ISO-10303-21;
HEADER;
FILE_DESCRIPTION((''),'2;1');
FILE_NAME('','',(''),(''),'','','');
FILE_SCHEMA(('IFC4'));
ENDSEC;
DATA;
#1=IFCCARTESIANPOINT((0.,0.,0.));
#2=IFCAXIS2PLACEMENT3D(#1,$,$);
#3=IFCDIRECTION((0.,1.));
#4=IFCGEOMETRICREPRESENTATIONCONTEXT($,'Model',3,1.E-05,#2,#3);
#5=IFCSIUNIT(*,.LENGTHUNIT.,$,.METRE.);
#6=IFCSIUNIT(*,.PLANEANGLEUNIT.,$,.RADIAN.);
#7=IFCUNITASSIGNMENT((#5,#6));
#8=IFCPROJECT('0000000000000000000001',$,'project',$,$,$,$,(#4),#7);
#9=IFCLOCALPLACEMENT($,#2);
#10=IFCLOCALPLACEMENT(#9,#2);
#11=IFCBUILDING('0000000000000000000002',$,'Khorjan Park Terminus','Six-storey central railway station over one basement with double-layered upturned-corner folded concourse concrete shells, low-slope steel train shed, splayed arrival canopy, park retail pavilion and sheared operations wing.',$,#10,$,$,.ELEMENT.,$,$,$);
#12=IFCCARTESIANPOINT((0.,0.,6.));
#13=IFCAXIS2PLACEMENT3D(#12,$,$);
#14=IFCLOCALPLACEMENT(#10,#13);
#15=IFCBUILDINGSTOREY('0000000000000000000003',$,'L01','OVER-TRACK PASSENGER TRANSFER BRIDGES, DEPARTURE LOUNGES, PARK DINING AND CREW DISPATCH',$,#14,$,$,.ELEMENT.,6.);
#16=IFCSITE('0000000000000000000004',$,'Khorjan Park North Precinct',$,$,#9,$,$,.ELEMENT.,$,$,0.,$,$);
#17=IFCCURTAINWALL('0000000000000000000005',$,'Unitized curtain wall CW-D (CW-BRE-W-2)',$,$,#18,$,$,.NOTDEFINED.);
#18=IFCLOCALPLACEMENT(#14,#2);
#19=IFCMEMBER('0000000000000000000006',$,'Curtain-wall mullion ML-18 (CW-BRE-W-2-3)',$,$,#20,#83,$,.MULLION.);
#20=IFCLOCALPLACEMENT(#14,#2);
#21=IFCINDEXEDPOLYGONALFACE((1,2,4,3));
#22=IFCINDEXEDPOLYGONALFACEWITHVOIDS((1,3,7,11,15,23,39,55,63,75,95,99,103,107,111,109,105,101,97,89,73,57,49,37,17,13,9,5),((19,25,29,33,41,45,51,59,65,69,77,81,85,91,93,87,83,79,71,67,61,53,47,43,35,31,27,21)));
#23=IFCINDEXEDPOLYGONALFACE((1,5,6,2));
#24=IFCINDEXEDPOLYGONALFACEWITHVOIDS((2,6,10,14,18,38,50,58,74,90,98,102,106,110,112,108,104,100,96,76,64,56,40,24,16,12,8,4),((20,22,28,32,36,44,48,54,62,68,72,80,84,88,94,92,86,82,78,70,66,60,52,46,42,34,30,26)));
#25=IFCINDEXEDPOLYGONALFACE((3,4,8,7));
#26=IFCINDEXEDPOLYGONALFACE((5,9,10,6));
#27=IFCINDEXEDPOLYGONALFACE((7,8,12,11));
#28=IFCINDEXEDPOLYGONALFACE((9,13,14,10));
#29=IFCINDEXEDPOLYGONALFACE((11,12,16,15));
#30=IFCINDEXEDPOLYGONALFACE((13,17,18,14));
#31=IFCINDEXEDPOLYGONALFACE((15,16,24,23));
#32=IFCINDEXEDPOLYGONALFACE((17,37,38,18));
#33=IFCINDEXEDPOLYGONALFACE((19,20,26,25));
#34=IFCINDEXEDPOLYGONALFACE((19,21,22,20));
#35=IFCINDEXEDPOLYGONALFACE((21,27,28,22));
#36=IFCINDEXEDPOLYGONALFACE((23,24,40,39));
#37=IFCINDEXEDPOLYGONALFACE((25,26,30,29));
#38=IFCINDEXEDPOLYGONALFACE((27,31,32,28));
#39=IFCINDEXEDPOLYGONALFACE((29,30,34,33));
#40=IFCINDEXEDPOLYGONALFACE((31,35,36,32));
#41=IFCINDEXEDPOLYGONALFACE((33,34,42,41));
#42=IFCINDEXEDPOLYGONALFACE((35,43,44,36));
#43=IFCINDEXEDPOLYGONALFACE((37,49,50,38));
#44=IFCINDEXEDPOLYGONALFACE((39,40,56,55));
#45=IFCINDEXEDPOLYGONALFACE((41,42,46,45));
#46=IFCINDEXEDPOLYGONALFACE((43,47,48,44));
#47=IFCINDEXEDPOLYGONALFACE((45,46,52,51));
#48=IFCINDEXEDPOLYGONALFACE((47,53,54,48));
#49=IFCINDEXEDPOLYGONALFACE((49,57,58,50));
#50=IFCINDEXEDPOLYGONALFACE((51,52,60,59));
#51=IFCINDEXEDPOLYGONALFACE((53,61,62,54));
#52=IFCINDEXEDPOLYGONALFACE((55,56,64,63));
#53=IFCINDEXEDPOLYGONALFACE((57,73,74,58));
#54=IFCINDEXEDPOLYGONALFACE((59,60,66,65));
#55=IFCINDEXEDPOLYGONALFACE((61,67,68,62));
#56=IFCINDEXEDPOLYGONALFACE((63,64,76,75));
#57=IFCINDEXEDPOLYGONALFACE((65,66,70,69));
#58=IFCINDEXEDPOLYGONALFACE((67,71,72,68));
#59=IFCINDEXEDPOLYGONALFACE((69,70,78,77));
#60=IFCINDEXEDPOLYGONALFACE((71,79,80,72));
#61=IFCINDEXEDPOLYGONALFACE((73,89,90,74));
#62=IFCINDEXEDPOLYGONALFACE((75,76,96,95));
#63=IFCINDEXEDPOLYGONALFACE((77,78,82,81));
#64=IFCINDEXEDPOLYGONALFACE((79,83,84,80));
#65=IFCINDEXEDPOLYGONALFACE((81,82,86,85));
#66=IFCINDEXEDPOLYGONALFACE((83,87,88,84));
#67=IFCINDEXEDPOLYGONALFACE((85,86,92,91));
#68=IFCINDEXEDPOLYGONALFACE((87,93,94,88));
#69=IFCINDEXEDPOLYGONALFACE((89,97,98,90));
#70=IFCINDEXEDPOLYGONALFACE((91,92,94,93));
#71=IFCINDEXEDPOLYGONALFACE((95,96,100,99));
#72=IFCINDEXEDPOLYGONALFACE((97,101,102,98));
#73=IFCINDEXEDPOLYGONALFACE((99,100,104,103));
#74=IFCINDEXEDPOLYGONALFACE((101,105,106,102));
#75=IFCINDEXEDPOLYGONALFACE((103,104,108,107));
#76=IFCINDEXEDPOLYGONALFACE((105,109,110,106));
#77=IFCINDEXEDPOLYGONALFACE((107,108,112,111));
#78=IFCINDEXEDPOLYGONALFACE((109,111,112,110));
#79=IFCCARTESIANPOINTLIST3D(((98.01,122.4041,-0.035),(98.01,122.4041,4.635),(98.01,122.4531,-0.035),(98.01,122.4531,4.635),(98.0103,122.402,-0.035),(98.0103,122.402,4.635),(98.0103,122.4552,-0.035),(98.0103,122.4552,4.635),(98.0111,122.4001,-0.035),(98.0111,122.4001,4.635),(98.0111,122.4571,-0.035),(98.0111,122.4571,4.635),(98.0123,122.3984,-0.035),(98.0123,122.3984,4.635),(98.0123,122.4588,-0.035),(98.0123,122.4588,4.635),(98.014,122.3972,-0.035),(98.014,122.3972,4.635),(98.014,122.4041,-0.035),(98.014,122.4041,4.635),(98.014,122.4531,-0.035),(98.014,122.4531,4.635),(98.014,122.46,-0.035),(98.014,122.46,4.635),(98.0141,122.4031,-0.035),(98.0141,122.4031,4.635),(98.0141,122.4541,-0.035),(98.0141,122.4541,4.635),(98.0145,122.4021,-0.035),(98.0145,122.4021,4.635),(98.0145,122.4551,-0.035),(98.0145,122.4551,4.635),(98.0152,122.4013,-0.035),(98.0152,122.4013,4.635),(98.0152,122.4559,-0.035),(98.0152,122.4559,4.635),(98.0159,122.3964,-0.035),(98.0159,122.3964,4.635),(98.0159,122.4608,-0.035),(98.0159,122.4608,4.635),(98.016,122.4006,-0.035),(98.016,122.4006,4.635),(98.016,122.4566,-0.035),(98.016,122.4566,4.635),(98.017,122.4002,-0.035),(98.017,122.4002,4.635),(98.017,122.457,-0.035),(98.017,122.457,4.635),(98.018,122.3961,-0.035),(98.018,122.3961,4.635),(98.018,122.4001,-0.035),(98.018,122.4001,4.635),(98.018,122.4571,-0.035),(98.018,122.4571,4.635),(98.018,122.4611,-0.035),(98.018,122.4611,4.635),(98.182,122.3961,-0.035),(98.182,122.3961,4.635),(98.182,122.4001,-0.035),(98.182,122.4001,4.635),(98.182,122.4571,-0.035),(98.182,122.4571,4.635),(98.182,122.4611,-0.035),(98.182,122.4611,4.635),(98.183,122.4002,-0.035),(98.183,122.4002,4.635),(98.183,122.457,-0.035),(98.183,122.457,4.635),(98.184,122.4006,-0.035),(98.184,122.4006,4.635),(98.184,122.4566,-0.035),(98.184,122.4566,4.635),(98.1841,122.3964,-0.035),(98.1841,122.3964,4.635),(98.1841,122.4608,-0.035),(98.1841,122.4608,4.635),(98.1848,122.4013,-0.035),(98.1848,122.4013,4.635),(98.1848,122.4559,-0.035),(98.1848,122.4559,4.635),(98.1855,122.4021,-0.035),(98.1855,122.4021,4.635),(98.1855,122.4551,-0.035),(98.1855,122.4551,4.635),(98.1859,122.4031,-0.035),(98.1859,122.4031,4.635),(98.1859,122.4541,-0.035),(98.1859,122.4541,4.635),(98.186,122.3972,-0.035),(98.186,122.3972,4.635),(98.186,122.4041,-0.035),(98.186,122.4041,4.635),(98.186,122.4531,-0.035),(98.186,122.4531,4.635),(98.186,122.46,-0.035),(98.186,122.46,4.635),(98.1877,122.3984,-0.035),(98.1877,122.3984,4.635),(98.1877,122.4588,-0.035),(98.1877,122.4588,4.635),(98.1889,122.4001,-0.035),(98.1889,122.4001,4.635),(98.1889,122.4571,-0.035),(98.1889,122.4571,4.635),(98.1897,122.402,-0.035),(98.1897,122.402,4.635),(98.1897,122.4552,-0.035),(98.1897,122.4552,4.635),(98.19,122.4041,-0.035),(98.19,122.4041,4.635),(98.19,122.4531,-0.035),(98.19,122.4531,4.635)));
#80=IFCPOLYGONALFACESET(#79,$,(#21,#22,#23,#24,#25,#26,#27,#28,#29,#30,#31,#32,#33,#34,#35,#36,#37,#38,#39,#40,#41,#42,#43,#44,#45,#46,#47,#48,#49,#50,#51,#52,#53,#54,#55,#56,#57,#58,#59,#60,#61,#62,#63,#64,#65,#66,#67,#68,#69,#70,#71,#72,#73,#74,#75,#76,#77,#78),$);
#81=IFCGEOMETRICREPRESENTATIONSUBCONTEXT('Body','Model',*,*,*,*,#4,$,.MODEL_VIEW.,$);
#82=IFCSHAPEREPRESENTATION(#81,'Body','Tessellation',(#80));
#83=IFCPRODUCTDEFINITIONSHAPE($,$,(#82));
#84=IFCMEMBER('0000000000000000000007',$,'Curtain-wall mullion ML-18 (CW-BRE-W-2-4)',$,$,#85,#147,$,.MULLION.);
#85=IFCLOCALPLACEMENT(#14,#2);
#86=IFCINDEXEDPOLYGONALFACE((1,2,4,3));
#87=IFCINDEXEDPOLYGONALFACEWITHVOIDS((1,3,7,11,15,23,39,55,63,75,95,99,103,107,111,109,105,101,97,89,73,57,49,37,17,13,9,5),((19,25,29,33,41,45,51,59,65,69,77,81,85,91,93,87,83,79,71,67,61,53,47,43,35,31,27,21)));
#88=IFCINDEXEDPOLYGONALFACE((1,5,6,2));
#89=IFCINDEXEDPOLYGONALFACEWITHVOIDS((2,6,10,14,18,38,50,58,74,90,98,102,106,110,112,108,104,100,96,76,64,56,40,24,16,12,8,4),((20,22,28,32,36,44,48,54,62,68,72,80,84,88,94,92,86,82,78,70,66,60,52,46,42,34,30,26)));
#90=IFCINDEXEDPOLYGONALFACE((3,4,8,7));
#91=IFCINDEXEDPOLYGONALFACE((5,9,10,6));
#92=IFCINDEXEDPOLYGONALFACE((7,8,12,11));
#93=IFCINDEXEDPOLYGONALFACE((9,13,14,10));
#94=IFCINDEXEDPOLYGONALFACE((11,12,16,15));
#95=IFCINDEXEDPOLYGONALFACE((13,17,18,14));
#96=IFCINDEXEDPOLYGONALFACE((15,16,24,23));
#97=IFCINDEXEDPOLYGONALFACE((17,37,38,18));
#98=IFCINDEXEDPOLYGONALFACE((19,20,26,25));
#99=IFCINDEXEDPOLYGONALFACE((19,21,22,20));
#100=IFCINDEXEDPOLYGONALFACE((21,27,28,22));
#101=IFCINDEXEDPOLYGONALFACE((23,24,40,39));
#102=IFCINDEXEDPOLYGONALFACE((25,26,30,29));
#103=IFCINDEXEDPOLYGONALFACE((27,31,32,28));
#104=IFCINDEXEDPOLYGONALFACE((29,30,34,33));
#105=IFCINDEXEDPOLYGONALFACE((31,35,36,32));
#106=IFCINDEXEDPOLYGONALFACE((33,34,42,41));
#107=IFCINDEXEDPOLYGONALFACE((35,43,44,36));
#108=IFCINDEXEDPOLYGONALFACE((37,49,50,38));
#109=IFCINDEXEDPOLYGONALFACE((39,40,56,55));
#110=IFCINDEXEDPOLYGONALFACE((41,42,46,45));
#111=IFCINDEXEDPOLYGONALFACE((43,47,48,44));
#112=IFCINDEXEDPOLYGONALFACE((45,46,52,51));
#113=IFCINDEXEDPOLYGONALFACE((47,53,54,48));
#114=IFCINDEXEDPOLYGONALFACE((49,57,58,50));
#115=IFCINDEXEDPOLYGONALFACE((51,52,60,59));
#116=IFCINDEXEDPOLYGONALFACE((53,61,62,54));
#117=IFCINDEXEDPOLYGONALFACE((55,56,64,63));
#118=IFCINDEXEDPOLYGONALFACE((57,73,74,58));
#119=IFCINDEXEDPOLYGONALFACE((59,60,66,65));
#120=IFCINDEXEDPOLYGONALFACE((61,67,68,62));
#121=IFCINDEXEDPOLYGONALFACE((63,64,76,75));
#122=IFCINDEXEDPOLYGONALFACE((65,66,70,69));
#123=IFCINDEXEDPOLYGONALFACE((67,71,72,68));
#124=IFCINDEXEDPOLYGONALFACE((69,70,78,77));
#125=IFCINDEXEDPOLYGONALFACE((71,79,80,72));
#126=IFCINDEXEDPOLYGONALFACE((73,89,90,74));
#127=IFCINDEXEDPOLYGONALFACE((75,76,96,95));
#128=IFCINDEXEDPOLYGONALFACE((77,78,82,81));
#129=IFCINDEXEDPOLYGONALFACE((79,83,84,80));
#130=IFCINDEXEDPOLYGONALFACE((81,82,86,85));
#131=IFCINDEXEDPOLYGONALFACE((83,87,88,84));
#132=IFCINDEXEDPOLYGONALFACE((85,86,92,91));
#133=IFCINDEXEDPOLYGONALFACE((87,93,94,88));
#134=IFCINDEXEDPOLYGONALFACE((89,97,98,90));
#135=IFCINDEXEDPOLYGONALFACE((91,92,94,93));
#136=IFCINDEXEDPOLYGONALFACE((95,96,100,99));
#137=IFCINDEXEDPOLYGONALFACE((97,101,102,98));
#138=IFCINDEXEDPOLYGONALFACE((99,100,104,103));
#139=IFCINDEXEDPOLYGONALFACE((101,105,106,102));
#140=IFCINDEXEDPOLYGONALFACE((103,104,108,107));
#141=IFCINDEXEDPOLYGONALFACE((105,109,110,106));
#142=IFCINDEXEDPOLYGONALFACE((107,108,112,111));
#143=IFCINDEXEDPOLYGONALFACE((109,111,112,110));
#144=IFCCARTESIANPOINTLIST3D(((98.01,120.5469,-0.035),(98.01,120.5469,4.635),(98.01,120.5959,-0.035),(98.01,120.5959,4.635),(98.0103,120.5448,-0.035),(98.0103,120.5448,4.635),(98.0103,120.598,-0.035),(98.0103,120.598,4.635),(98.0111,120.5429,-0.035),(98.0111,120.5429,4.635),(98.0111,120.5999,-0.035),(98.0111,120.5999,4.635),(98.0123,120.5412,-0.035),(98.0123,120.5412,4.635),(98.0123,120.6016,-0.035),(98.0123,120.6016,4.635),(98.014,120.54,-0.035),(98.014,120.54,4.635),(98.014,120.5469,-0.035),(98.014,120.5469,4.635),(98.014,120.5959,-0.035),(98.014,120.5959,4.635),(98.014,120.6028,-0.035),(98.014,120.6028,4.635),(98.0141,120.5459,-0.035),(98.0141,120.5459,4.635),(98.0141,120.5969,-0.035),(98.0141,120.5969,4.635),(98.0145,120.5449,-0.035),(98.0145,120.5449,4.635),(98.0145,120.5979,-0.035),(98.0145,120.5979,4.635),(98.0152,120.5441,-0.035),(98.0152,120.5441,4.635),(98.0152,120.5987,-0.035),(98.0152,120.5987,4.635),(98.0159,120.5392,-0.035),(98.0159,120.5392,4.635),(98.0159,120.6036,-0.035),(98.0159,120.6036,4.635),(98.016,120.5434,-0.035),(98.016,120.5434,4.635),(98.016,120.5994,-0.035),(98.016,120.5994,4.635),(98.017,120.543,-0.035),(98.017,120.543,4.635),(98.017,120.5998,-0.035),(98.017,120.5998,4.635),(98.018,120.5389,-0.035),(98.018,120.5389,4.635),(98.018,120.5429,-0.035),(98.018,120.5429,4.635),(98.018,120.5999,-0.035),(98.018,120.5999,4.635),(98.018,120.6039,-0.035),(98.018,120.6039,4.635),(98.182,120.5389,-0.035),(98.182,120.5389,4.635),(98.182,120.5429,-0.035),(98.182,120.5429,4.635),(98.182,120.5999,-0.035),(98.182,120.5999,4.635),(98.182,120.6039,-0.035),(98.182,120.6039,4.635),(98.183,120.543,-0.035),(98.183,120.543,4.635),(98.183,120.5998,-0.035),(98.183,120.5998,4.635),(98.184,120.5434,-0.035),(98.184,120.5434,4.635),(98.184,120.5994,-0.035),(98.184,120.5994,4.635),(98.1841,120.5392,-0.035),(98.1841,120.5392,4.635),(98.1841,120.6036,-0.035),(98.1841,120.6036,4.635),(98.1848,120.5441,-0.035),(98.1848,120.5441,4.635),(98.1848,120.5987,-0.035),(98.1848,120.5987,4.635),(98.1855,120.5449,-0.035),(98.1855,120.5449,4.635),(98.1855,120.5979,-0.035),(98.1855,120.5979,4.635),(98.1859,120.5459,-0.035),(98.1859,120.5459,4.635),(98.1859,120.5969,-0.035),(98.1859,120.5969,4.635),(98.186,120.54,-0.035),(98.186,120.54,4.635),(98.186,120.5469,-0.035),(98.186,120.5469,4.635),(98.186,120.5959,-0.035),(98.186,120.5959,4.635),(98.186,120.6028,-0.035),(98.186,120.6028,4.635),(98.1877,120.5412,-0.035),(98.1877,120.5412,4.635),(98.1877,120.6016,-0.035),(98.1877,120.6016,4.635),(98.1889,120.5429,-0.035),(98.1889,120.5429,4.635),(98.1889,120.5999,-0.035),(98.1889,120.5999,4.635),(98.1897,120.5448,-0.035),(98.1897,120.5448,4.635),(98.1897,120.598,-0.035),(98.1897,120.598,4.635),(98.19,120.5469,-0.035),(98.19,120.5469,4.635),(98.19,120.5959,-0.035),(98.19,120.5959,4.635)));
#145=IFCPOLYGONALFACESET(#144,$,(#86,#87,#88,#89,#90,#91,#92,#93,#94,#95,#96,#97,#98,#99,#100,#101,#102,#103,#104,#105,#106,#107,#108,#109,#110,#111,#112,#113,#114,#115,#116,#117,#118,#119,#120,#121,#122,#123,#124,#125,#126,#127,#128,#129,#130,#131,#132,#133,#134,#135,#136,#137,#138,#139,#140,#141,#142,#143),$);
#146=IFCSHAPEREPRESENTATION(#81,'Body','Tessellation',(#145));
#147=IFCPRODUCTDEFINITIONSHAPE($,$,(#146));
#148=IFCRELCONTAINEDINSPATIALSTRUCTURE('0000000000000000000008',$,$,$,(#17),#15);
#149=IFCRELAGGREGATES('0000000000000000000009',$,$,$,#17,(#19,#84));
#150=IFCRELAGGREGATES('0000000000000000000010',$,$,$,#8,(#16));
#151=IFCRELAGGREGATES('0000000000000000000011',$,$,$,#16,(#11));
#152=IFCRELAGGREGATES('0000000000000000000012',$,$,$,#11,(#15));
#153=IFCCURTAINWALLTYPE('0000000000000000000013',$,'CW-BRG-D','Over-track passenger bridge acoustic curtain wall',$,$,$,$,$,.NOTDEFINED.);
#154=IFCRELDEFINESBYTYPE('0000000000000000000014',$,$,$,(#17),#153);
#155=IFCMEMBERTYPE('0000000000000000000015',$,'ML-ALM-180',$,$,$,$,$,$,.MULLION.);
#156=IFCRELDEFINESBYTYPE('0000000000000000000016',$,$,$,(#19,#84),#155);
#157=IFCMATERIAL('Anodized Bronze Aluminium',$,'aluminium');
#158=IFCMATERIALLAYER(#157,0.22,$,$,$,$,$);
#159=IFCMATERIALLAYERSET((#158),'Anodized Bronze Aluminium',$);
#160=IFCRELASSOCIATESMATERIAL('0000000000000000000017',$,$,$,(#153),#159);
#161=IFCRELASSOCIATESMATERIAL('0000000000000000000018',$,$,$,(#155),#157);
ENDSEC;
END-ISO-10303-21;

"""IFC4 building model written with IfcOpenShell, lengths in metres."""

from ifc_helpers import new_model, si_unit, direction, frame, origin, origin_2d, place, context, subcontext, project, spatial, hollow_rectangle, extrude, material, layer, layer_set, material_profile, profile_set, type_object, element, aggregate, save


model = new_model("IFC4")

# Units and contexts
model_context = context("Model", 3, precision=1e-05, world=origin(), true_north=direction((0.0, 1.0)))
body_context = subcontext(model_context, "Body", "Model", "MODEL_VIEW")
ifc_project = project(units=[si_unit("LENGTHUNIT", "METRE"), si_unit("PLANEANGLEUNIT", "RADIAN")], contexts=[model_context])

# Site, building, storey
site_placement = place(None, origin())
site = spatial("IfcSite", under=ifc_project, at=site_placement, Name="Khorjan Park North Precinct", CompositionType="ELEMENT", RefElevation=0.0)
building_placement = place(site_placement, origin())
building = spatial("IfcBuilding", under=site, at=building_placement, Name="Khorjan Park Terminus", Description="Six-storey central railway station over one basement with double-layered upturned-corner folded concourse concrete shells, low-slope steel train shed, splayed arrival canopy, park retail pavilion and sheared operations wing.", CompositionType="ELEMENT")
storey_placement = place(building_placement, frame((0.0, 0.0, 6.0)))
storey = spatial("IfcBuildingStorey", under=building, at=storey_placement, Name="L01", Description="OVER-TRACK PASSENGER TRANSFER BRIDGES, DEPARTURE LOUNGES, PARK DINING AND CREW DISPATCH", CompositionType="ELEMENT", Elevation=6.0)

# Curtain wall, members
ifc_material_1 = material(Name="Anodized Bronze Aluminium", Category="aluminium")
ifc_layer_1 = layer(ifc_material_1, 0.22)
ifc_layer_set_1 = layer_set([ifc_layer_1], Name="Anodized Bronze Aluminium")
curtain_wall_type = type_object("IfcCurtainWallType", Name="CW-BRG-D", Description="Over-track passenger bridge acoustic curtain wall", PredefinedType="NOTDEFINED", material=ifc_layer_set_1)
curtain_wall_placement = place(storey_placement, origin())
curtain_wall = element("IfcCurtainWall", 1, at=curtain_wall_placement, inside=storey, type_object=curtain_wall_type, Name="Unitized curtain wall CW-D (CW-BRE-W-2)", PredefinedType="NOTDEFINED")
ifc_material_profile_1 = material_profile(ifc_material_1, hollow_rectangle(XDim=0.065, YDim=0.18, WallThickness=0.004, InnerFilletRadius=0.004, OuterFilletRadius=0.008, at=origin_2d()), Name="ALM 65x180x4")
ifc_profile_set_1 = profile_set([ifc_material_profile_1], Name="Anodized Bronze Aluminium")
member_type_1 = type_object("IfcMemberType", Name="ML-ALM-180", PredefinedType="MULLION", material=ifc_profile_set_1)
member_1_placement = place(storey_placement, frame((98.1, 122.4286, -0.035), z_axis=(0.0, 0.0, 1.0), x_axis=(0.0, -1.0, 0.0)))
member_1 = element("IfcMember", 2, at=member_1_placement, type_object=member_type_1, Name="Curtain-wall mullion ML-18 (CW-BRE-W-2-3)", PredefinedType="MULLION", context=body_context, shape_type="SweptSolid", body=[
    extrude(hollow_rectangle(XDim=0.065, YDim=0.18, WallThickness=0.004, InnerFilletRadius=0.004, OuterFilletRadius=0.008, at=origin_2d()), origin(), (0.0, 0.0, 1.0), 4.67),
])
member_2_placement = place(storey_placement, frame((98.1, 120.5714, -0.035), z_axis=(0.0, 0.0, 1.0), x_axis=(0.0, -1.0, 0.0)))
member_2 = element("IfcMember", 3, at=member_2_placement, type_object=member_type_1, Name="Curtain-wall mullion ML-18 (CW-BRE-W-2-4)", PredefinedType="MULLION", context=body_context, shape_type="SweptSolid", body=[
    extrude(hollow_rectangle(XDim=0.065, YDim=0.18, WallThickness=0.004, InnerFilletRadius=0.004, OuterFilletRadius=0.008, at=origin_2d()), origin(), (0.0, 0.0, 1.0), 4.67),
])
aggregate(curtain_wall, [member_1, member_2])

save(model, "model.ifc")
